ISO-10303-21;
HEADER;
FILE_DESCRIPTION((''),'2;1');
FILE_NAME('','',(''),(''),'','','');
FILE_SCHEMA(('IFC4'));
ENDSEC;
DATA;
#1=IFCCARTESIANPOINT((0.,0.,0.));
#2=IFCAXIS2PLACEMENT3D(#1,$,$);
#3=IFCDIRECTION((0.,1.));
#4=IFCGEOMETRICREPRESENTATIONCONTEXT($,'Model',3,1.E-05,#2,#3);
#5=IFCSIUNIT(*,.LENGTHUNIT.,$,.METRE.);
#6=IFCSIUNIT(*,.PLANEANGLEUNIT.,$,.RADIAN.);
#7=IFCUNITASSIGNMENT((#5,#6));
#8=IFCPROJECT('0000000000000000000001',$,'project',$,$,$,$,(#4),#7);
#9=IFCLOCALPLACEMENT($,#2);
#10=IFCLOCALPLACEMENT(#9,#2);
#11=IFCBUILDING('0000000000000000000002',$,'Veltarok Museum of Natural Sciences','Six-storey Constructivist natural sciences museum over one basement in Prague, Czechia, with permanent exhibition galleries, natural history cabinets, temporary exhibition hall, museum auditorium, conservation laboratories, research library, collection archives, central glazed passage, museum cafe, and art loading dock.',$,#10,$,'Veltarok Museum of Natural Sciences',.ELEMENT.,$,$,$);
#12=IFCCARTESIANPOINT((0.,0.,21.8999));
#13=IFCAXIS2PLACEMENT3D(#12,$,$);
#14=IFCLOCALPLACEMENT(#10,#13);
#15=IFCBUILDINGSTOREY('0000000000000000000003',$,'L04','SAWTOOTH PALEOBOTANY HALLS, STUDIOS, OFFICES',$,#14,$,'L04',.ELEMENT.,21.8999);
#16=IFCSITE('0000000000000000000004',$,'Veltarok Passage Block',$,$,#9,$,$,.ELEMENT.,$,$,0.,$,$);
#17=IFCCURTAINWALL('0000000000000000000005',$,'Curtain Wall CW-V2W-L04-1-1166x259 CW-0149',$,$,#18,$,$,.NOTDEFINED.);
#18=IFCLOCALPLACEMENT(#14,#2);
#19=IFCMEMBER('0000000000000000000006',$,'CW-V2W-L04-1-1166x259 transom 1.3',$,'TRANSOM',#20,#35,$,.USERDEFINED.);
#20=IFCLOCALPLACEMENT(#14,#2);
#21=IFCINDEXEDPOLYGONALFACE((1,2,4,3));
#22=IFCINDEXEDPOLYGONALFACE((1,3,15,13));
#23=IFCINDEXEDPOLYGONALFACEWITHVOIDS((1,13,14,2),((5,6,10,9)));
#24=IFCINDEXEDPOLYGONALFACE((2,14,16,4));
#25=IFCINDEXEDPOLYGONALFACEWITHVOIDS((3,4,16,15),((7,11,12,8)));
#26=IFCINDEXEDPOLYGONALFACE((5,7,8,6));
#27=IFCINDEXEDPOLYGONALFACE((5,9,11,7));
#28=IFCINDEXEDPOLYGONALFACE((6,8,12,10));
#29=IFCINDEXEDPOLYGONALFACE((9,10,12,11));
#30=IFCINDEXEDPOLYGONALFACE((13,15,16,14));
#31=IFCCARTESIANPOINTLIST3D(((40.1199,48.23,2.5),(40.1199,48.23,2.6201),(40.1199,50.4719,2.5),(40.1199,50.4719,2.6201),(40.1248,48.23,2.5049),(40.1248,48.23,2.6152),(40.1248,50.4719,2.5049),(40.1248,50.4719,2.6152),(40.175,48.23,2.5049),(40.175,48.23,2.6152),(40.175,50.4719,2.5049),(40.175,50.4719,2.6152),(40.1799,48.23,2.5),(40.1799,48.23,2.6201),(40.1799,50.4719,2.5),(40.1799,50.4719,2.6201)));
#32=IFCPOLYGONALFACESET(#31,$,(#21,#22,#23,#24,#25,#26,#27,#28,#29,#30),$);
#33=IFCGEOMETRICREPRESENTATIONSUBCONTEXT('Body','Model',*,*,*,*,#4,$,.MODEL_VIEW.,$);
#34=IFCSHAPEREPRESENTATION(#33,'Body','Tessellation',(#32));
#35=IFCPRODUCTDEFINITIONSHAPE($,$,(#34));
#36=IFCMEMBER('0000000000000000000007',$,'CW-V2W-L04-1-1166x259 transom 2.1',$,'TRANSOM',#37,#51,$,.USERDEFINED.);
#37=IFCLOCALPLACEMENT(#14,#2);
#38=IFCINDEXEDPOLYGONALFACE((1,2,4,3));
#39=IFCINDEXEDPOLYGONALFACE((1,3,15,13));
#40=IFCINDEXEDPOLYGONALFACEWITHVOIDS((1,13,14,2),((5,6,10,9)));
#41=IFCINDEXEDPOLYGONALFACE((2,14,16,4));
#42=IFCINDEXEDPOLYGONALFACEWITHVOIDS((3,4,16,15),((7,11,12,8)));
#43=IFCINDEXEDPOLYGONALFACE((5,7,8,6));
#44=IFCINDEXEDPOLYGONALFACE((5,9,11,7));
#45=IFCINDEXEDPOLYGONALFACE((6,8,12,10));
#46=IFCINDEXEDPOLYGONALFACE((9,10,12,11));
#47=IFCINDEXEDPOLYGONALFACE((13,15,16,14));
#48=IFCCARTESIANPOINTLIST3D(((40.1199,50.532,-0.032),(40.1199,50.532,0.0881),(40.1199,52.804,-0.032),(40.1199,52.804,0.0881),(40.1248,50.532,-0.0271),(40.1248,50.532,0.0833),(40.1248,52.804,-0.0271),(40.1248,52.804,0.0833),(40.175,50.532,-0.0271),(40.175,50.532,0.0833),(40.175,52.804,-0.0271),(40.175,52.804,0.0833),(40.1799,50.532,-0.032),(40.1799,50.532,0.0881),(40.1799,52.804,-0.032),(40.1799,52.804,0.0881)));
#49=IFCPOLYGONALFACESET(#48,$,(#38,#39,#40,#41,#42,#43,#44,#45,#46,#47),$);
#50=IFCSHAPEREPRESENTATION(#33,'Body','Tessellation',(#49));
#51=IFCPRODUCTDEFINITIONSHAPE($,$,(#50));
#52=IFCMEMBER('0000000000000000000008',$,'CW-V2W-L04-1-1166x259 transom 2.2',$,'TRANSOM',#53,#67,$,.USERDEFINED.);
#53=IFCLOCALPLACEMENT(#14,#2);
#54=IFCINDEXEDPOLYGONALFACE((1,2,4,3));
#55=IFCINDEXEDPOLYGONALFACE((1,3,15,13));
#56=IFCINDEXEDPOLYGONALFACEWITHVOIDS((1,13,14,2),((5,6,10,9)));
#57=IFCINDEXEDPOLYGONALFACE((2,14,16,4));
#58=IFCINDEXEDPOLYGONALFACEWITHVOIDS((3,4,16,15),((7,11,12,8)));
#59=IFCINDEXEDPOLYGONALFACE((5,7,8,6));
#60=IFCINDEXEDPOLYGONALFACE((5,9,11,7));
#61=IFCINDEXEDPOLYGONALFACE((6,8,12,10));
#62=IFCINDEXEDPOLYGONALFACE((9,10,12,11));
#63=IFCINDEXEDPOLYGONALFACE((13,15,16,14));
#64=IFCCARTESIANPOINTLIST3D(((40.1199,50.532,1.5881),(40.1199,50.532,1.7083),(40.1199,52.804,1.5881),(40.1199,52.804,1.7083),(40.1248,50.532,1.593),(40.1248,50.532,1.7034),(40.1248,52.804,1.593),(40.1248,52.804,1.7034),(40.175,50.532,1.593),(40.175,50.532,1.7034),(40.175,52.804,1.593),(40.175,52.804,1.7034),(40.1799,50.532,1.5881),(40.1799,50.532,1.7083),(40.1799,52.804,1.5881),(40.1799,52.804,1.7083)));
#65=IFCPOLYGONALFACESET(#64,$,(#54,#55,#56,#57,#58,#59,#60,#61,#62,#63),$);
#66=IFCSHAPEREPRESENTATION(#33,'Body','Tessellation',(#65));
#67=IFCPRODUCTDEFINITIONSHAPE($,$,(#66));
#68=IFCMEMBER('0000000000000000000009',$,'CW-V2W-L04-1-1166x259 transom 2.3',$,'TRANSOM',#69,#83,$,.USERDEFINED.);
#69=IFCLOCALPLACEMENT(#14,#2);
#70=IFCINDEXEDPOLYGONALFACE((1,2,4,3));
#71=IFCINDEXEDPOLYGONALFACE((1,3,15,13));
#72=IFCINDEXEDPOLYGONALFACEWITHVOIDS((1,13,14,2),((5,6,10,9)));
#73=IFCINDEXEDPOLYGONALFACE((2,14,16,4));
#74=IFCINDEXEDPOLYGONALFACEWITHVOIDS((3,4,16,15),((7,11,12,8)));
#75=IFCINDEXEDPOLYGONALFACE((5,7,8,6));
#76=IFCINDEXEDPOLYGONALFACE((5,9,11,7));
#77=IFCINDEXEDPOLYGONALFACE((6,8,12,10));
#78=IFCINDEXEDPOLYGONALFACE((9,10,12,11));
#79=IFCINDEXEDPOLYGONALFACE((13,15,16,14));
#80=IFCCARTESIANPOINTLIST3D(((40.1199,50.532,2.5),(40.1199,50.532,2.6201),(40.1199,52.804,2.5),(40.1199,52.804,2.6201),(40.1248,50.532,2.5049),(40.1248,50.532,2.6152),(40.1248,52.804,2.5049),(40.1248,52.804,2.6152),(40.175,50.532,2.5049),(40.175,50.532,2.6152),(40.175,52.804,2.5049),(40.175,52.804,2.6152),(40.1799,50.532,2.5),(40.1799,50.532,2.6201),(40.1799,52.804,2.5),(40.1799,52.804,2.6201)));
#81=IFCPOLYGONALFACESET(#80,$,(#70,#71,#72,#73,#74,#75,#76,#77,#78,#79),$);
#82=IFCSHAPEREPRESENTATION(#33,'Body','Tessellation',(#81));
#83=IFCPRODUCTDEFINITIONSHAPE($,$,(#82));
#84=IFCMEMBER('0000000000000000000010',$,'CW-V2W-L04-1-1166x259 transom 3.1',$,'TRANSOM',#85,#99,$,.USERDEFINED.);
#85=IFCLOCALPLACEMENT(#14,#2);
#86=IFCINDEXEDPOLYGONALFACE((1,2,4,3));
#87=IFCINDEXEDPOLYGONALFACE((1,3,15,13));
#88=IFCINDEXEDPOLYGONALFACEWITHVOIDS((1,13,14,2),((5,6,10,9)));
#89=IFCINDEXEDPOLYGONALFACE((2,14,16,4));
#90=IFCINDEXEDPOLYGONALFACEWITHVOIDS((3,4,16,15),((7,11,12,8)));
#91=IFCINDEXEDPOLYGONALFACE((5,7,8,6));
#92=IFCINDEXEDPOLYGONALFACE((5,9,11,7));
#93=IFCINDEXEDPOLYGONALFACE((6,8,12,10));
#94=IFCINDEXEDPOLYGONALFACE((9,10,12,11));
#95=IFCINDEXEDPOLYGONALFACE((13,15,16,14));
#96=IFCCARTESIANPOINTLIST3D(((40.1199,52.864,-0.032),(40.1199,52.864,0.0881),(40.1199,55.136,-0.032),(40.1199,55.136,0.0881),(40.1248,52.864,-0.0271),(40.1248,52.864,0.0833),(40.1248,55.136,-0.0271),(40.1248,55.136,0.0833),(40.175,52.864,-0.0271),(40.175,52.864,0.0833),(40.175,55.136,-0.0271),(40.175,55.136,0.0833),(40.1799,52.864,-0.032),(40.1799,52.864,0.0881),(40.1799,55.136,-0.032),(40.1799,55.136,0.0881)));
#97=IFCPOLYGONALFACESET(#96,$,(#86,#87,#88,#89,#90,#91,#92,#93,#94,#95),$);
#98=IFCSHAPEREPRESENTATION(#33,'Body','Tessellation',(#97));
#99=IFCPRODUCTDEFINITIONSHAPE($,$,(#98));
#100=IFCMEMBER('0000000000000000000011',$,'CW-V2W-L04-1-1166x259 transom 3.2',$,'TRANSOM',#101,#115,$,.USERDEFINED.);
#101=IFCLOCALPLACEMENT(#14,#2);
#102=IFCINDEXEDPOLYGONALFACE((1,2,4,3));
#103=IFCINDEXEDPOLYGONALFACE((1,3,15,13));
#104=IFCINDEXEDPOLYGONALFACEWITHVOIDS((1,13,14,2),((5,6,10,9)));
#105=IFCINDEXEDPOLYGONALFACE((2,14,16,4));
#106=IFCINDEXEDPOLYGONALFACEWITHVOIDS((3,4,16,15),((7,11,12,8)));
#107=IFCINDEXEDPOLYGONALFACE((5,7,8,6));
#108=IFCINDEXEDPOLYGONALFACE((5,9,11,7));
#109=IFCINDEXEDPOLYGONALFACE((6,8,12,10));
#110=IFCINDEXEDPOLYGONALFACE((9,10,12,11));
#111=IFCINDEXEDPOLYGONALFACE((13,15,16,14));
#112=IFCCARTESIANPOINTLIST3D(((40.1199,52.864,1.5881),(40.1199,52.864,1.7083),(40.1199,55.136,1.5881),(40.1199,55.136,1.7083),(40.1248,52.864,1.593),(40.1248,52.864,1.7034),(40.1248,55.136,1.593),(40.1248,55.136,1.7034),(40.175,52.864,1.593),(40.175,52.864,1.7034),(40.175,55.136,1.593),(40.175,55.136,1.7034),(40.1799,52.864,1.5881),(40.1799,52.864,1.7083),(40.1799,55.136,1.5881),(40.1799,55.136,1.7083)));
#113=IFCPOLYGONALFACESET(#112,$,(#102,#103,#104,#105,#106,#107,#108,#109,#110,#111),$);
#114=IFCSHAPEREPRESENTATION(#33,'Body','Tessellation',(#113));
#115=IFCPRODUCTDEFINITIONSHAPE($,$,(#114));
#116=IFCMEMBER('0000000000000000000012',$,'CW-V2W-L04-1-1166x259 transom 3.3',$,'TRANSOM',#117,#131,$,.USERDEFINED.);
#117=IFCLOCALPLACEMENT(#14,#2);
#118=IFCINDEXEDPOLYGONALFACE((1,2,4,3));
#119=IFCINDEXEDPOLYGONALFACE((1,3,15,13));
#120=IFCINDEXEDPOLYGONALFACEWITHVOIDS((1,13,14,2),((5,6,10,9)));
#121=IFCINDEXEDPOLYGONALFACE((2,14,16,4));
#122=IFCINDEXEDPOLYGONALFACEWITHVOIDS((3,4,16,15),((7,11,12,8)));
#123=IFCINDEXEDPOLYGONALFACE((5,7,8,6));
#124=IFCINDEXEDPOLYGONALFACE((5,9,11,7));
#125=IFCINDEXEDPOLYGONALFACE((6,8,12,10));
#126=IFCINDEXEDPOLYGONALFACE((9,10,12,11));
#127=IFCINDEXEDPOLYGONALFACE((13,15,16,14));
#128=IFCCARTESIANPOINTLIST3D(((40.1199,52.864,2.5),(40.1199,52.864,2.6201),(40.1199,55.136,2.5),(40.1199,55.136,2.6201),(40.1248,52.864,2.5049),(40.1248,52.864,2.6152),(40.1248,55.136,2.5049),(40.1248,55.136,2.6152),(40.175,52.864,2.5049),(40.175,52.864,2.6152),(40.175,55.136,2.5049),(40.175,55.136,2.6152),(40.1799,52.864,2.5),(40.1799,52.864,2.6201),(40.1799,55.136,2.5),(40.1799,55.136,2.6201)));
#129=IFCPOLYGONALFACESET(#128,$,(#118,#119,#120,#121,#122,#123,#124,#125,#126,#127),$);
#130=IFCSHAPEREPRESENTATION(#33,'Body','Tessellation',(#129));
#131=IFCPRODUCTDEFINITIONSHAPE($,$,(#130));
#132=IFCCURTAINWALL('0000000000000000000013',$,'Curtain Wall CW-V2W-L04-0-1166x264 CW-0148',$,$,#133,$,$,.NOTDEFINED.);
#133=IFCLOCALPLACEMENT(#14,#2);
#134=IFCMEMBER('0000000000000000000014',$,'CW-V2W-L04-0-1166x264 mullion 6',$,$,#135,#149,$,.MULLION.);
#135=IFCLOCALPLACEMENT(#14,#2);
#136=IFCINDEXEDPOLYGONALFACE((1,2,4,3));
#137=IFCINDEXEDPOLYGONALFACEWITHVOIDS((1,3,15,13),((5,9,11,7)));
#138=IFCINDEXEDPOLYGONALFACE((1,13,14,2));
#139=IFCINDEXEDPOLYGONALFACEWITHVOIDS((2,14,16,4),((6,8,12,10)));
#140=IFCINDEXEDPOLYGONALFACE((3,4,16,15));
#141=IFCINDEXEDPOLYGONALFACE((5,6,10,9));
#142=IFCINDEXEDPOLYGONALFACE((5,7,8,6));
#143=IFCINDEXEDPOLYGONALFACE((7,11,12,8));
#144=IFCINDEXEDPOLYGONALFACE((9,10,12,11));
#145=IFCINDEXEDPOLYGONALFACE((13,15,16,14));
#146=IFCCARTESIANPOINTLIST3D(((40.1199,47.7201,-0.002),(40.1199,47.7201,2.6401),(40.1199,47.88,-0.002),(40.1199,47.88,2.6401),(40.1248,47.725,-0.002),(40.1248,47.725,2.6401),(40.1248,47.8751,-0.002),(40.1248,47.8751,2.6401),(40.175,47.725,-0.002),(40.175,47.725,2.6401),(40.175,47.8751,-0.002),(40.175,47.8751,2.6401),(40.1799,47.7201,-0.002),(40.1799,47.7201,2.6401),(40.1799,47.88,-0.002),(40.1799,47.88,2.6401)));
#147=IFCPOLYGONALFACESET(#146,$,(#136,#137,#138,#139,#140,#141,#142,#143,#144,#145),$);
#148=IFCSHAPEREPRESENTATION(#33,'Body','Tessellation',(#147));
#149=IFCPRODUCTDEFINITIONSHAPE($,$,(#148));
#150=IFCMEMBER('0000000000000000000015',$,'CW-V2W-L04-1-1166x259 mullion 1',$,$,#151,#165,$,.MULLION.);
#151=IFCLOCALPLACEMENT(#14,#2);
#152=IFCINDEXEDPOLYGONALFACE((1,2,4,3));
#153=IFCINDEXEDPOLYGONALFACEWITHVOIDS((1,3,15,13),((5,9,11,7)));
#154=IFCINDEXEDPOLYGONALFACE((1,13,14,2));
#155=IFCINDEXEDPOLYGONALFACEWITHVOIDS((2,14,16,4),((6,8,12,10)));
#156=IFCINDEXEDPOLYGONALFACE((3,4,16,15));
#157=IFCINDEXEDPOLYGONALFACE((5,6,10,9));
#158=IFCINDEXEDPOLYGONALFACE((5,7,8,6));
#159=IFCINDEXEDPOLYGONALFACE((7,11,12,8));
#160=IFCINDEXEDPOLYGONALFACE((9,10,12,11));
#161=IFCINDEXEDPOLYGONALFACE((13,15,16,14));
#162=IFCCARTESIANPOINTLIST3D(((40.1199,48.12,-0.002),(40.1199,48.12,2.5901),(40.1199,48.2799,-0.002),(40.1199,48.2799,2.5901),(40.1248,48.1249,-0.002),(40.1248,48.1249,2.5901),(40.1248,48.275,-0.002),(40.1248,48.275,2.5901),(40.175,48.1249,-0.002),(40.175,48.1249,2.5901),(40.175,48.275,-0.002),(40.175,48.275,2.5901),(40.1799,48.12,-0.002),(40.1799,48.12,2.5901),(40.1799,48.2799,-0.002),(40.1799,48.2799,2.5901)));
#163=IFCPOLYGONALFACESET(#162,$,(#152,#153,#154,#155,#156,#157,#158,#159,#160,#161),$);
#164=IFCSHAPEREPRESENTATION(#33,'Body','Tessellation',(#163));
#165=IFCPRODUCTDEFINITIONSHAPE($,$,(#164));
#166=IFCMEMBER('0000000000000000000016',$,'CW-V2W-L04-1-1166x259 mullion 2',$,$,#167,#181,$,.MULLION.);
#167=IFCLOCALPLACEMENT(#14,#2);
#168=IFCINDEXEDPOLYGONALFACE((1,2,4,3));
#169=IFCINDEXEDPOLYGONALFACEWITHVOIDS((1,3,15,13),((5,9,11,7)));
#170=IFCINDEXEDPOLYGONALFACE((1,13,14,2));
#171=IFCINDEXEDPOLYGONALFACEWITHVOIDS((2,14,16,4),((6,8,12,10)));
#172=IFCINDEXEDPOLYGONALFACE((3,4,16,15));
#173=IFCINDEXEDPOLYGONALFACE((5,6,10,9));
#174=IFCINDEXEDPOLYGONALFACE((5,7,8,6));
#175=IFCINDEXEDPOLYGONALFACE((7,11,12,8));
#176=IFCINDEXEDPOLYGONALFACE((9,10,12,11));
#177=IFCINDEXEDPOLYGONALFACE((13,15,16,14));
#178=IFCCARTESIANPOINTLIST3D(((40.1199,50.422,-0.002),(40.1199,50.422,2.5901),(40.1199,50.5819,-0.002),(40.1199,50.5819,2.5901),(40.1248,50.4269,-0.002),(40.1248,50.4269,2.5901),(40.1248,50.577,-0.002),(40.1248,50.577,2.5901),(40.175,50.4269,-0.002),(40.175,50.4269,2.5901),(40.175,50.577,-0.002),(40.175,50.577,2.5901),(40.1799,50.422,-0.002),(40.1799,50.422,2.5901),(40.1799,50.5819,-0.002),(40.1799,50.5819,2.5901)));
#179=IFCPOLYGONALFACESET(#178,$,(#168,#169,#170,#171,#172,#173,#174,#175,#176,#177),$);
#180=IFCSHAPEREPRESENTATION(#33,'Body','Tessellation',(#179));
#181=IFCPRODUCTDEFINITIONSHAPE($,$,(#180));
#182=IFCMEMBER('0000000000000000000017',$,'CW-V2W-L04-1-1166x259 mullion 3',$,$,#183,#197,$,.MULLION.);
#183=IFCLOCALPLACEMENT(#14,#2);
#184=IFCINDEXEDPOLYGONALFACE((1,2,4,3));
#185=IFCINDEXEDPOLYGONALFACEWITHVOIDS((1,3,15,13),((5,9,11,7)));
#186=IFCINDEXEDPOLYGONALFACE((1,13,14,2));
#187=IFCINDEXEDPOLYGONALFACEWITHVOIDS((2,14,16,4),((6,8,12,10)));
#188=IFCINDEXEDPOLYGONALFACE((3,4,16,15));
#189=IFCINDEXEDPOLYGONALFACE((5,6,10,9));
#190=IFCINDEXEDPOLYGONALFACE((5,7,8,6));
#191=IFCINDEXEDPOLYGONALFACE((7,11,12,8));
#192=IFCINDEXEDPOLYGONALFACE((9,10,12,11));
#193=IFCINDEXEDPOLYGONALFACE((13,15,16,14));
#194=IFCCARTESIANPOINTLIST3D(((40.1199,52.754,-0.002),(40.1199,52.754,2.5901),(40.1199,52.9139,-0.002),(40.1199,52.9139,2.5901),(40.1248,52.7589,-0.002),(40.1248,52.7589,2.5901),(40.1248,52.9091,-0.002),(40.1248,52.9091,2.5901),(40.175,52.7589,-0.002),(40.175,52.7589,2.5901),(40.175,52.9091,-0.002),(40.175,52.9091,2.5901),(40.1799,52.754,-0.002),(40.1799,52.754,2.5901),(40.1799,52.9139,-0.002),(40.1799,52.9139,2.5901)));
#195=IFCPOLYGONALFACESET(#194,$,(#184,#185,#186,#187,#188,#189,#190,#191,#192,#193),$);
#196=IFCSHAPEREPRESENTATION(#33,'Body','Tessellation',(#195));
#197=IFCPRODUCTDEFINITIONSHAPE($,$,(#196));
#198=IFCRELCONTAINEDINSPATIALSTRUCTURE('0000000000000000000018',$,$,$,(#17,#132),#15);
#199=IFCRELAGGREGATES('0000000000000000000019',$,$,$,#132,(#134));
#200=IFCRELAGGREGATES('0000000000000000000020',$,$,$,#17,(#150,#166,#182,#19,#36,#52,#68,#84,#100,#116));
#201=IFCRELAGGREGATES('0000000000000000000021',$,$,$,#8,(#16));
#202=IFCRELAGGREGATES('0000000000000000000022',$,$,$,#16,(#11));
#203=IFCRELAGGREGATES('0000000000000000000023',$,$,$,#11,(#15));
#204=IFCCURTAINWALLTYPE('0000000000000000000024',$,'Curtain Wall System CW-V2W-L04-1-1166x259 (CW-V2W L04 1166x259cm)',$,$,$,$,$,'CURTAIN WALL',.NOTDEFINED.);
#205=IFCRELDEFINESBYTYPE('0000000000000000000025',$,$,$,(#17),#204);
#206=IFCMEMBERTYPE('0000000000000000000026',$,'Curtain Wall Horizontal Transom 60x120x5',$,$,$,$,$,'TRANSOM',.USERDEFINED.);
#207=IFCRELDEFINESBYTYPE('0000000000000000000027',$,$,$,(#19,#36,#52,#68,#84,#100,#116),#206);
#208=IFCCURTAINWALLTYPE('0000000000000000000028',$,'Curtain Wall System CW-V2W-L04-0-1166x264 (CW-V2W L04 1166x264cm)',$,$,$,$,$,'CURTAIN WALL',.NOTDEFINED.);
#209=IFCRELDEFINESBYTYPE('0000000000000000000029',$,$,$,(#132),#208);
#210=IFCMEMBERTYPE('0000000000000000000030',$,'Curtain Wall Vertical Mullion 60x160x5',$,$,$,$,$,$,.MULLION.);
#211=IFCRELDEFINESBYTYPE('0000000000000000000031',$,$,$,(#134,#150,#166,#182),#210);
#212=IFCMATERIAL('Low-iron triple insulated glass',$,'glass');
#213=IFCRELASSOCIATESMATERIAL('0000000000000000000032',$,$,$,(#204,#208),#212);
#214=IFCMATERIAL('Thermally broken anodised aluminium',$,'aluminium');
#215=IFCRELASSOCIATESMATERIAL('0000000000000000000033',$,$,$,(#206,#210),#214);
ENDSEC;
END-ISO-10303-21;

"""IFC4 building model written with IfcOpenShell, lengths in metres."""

from ifc_helpers import new_model, si_unit, direction, frame, origin, origin_2d, place, context, subcontext, project, spatial, hollow_rectangle, extrude, material, material_profile, profile_set, type_object, element, aggregate, save


model = new_model("IFC4")

# Units and contexts
model_context = context("Model", 3, precision=1e-05, world=origin(), true_north=direction((0.0, 1.0)))
body_context = subcontext(model_context, "Body", "Model", "MODEL_VIEW")
ifc_project = project(units=[si_unit("LENGTHUNIT", "METRE"), si_unit("PLANEANGLEUNIT", "RADIAN")], contexts=[model_context])

# Site, building, storey
site_placement = place(None, origin())
site = spatial("IfcSite", under=ifc_project, at=site_placement, Name="Veltarok Passage Block", CompositionType="ELEMENT", RefElevation=0.0)
building_placement = place(site_placement, origin())
building = spatial("IfcBuilding", under=site, at=building_placement, Name="Veltarok Museum of Natural Sciences", Description="Six-storey Constructivist natural sciences museum over one basement in Prague, Czechia, with permanent exhibition galleries, natural history cabinets, temporary exhibition hall, museum auditorium, conservation laboratories, research library, collection archives, central glazed passage, museum cafe, and art loading dock.", LongName="Veltarok Museum of Natural Sciences", CompositionType="ELEMENT")
storey_placement = place(building_placement, frame((0.0, 0.0, 21.8999)))
storey = spatial("IfcBuildingStorey", under=building, at=storey_placement, Name="L04", Description="SAWTOOTH PALEOBOTANY HALLS, STUDIOS, OFFICES", LongName="L04", CompositionType="ELEMENT", Elevation=21.8999)

# Curtain wall, members
ifc_material_1 = material(Name="Low-iron triple insulated glass", Category="glass")
curtain_wall_type_1 = type_object("IfcCurtainWallType", Name="Curtain Wall System CW-V2W-L04-1-1166x259 (CW-V2W L04 1166x259cm)", ElementType="CURTAIN WALL", PredefinedType="NOTDEFINED", material=ifc_material_1)
curtain_wall_1_placement = place(storey_placement, origin())
curtain_wall_1 = element("IfcCurtainWall", 1, at=curtain_wall_1_placement, inside=storey, type_object=curtain_wall_type_1, Name="Curtain Wall CW-V2W-L04-1-1166x259 CW-0149", PredefinedType="NOTDEFINED")
ifc_material_2 = material(Name="Thermally broken anodised aluminium", Category="aluminium")
ifc_material_profile_1 = material_profile(ifc_material_2, hollow_rectangle(XDim=0.0601, YDim=0.1201, WallThickness=0.0049, at=origin_2d()), Name="CW TRANSOM 60x120x5")
ifc_profile_set_1 = profile_set([ifc_material_profile_1], Name="Thermally broken anodised aluminium")
member_type_1 = type_object("IfcMemberType", Name="Curtain Wall Horizontal Transom 60x120x5", ElementType="TRANSOM", PredefinedType="USERDEFINED", material=ifc_profile_set_1)
member_1_placement = place(storey_placement, frame((40.1499, 48.23, 2.5601), z_axis=(0.0, 1.0, 0.0), x_axis=(-1.0, 0.0, 0.0)))
member_1 = element("IfcMember", 2, at=member_1_placement, type_object=member_type_1, Name="CW-V2W-L04-1-1166x259 transom 1.3", ObjectType="TRANSOM", PredefinedType="USERDEFINED", context=body_context, shape_type="SweptSolid", body=[
    extrude(hollow_rectangle(XDim=0.0601, YDim=0.1201, WallThickness=0.0049, at=origin_2d()), origin(), (0.0, 0.0, 1.0), 2.2419),
])
member_2_placement = place(storey_placement, frame((40.1499, 50.532, 0.0281), z_axis=(0.0, 1.0, 0.0), x_axis=(-1.0, 0.0, 0.0)))
member_2 = element("IfcMember", 3, at=member_2_placement, type_object=member_type_1, Name="CW-V2W-L04-1-1166x259 transom 2.1", ObjectType="TRANSOM", PredefinedType="USERDEFINED", context=body_context, shape_type="SweptSolid", body=[
    extrude(hollow_rectangle(XDim=0.0601, YDim=0.1201, WallThickness=0.0049, at=origin_2d()), origin(), (0.0, 0.0, 1.0), 2.272),
])
member_3_placement = place(storey_placement, frame((40.1499, 50.532, 1.6482), z_axis=(0.0, 1.0, 0.0), x_axis=(-1.0, 0.0, 0.0)))
member_3 = element("IfcMember", 4, at=member_3_placement, type_object=member_type_1, Name="CW-V2W-L04-1-1166x259 transom 2.2", ObjectType="TRANSOM", PredefinedType="USERDEFINED", context=body_context, shape_type="SweptSolid", body=[
    extrude(hollow_rectangle(XDim=0.0601, YDim=0.1201, WallThickness=0.0049, at=origin_2d()), origin(), (0.0, 0.0, 1.0), 2.272),
])
member_4_placement = place(storey_placement, frame((40.1499, 50.532, 2.5601), z_axis=(0.0, 1.0, 0.0), x_axis=(-1.0, 0.0, 0.0)))
member_4 = element("IfcMember", 5, at=member_4_placement, type_object=member_type_1, Name="CW-V2W-L04-1-1166x259 transom 2.3", ObjectType="TRANSOM", PredefinedType="USERDEFINED", context=body_context, shape_type="SweptSolid", body=[
    extrude(hollow_rectangle(XDim=0.0601, YDim=0.1201, WallThickness=0.0049, at=origin_2d()), origin(), (0.0, 0.0, 1.0), 2.272),
])
member_5_placement = place(storey_placement, frame((40.1499, 52.864, 0.0281), z_axis=(0.0, 1.0, 0.0), x_axis=(-1.0, 0.0, 0.0)))
member_5 = element("IfcMember", 6, at=member_5_placement, type_object=member_type_1, Name="CW-V2W-L04-1-1166x259 transom 3.1", ObjectType="TRANSOM", PredefinedType="USERDEFINED", context=body_context, shape_type="SweptSolid", body=[
    extrude(hollow_rectangle(XDim=0.0601, YDim=0.1201, WallThickness=0.0049, at=origin_2d()), origin(), (0.0, 0.0, 1.0), 2.272),
])
member_6_placement = place(storey_placement, frame((40.1499, 52.864, 1.6482), z_axis=(0.0, 1.0, 0.0), x_axis=(-1.0, 0.0, 0.0)))
member_6 = element("IfcMember", 7, at=member_6_placement, type_object=member_type_1, Name="CW-V2W-L04-1-1166x259 transom 3.2", ObjectType="TRANSOM", PredefinedType="USERDEFINED", context=body_context, shape_type="SweptSolid", body=[
    extrude(hollow_rectangle(XDim=0.0601, YDim=0.1201, WallThickness=0.0049, at=origin_2d()), origin(), (0.0, 0.0, 1.0), 2.272),
])
member_7_placement = place(storey_placement, frame((40.1499, 52.864, 2.5601), z_axis=(0.0, 1.0, 0.0), x_axis=(-1.0, 0.0, 0.0)))
member_7 = element("IfcMember", 8, at=member_7_placement, type_object=member_type_1, Name="CW-V2W-L04-1-1166x259 transom 3.3", ObjectType="TRANSOM", PredefinedType="USERDEFINED", context=body_context, shape_type="SweptSolid", body=[
    extrude(hollow_rectangle(XDim=0.0601, YDim=0.1201, WallThickness=0.0049, at=origin_2d()), origin(), (0.0, 0.0, 1.0), 2.272),
])

# Curtain wall, member
curtain_wall_type_2 = type_object("IfcCurtainWallType", Name="Curtain Wall System CW-V2W-L04-0-1166x264 (CW-V2W L04 1166x264cm)", ElementType="CURTAIN WALL", PredefinedType="NOTDEFINED", material=ifc_material_1)
curtain_wall_2_placement = place(storey_placement, origin())
curtain_wall_2 = element("IfcCurtainWall", 9, at=curtain_wall_2_placement, inside=storey, type_object=curtain_wall_type_2, Name="Curtain Wall CW-V2W-L04-0-1166x264 CW-0148", PredefinedType="NOTDEFINED")
ifc_material_profile_2 = material_profile(ifc_material_2, hollow_rectangle(XDim=0.0601, YDim=0.1599, WallThickness=0.0049, at=origin_2d()), Name="CW MULLION 60x160x5")
ifc_profile_set_2 = profile_set([ifc_material_profile_2], Name="Thermally broken anodised aluminium")
member_type_2 = type_object("IfcMemberType", Name="Curtain Wall Vertical Mullion 60x160x5", PredefinedType="MULLION", material=ifc_profile_set_2)
member_8_placement = place(storey_placement, frame((40.1499, 47.8, -0.002), z_axis=(0.0, 0.0, 1.0), x_axis=(-1.0, 0.0, 0.0)))
member_8 = element("IfcMember", 10, at=member_8_placement, type_object=member_type_2, Name="CW-V2W-L04-0-1166x264 mullion 6", PredefinedType="MULLION", context=body_context, shape_type="SweptSolid", body=[
    extrude(hollow_rectangle(XDim=0.0601, YDim=0.1599, WallThickness=0.0049, at=origin_2d()), origin(), (0.0, 0.0, 1.0), 2.6421),
])
aggregate(curtain_wall_2, [member_8])

# Members
member_9_placement = place(storey_placement, frame((40.1499, 48.2, -0.002), z_axis=(0.0, 0.0, 1.0), x_axis=(-1.0, 0.0, 0.0)))
member_9 = element("IfcMember", 11, at=member_9_placement, type_object=member_type_2, Name="CW-V2W-L04-1-1166x259 mullion 1", PredefinedType="MULLION", context=body_context, shape_type="SweptSolid", body=[
    extrude(hollow_rectangle(XDim=0.0601, YDim=0.1599, WallThickness=0.0049, at=origin_2d()), origin(), (0.0, 0.0, 1.0), 2.592),
])
member_10_placement = place(storey_placement, frame((40.1499, 50.502, -0.002), z_axis=(0.0, 0.0, 1.0), x_axis=(-1.0, 0.0, 0.0)))
member_10 = element("IfcMember", 12, at=member_10_placement, type_object=member_type_2, Name="CW-V2W-L04-1-1166x259 mullion 2", PredefinedType="MULLION", context=body_context, shape_type="SweptSolid", body=[
    extrude(hollow_rectangle(XDim=0.0601, YDim=0.1599, WallThickness=0.0049, at=origin_2d()), origin(), (0.0, 0.0, 1.0), 2.592),
])
member_11_placement = place(storey_placement, frame((40.1499, 52.834, -0.002), z_axis=(0.0, 0.0, 1.0), x_axis=(-1.0, 0.0, 0.0)))
member_11 = element("IfcMember", 13, at=member_11_placement, type_object=member_type_2, Name="CW-V2W-L04-1-1166x259 mullion 3", PredefinedType="MULLION", context=body_context, shape_type="SweptSolid", body=[
    extrude(hollow_rectangle(XDim=0.0601, YDim=0.1599, WallThickness=0.0049, at=origin_2d()), origin(), (0.0, 0.0, 1.0), 2.592),
])

aggregate(curtain_wall_1, [member_9, member_10, member_11, member_1, member_2, member_3, member_4, member_5, member_6, member_7])

save(model, "model.ifc")
